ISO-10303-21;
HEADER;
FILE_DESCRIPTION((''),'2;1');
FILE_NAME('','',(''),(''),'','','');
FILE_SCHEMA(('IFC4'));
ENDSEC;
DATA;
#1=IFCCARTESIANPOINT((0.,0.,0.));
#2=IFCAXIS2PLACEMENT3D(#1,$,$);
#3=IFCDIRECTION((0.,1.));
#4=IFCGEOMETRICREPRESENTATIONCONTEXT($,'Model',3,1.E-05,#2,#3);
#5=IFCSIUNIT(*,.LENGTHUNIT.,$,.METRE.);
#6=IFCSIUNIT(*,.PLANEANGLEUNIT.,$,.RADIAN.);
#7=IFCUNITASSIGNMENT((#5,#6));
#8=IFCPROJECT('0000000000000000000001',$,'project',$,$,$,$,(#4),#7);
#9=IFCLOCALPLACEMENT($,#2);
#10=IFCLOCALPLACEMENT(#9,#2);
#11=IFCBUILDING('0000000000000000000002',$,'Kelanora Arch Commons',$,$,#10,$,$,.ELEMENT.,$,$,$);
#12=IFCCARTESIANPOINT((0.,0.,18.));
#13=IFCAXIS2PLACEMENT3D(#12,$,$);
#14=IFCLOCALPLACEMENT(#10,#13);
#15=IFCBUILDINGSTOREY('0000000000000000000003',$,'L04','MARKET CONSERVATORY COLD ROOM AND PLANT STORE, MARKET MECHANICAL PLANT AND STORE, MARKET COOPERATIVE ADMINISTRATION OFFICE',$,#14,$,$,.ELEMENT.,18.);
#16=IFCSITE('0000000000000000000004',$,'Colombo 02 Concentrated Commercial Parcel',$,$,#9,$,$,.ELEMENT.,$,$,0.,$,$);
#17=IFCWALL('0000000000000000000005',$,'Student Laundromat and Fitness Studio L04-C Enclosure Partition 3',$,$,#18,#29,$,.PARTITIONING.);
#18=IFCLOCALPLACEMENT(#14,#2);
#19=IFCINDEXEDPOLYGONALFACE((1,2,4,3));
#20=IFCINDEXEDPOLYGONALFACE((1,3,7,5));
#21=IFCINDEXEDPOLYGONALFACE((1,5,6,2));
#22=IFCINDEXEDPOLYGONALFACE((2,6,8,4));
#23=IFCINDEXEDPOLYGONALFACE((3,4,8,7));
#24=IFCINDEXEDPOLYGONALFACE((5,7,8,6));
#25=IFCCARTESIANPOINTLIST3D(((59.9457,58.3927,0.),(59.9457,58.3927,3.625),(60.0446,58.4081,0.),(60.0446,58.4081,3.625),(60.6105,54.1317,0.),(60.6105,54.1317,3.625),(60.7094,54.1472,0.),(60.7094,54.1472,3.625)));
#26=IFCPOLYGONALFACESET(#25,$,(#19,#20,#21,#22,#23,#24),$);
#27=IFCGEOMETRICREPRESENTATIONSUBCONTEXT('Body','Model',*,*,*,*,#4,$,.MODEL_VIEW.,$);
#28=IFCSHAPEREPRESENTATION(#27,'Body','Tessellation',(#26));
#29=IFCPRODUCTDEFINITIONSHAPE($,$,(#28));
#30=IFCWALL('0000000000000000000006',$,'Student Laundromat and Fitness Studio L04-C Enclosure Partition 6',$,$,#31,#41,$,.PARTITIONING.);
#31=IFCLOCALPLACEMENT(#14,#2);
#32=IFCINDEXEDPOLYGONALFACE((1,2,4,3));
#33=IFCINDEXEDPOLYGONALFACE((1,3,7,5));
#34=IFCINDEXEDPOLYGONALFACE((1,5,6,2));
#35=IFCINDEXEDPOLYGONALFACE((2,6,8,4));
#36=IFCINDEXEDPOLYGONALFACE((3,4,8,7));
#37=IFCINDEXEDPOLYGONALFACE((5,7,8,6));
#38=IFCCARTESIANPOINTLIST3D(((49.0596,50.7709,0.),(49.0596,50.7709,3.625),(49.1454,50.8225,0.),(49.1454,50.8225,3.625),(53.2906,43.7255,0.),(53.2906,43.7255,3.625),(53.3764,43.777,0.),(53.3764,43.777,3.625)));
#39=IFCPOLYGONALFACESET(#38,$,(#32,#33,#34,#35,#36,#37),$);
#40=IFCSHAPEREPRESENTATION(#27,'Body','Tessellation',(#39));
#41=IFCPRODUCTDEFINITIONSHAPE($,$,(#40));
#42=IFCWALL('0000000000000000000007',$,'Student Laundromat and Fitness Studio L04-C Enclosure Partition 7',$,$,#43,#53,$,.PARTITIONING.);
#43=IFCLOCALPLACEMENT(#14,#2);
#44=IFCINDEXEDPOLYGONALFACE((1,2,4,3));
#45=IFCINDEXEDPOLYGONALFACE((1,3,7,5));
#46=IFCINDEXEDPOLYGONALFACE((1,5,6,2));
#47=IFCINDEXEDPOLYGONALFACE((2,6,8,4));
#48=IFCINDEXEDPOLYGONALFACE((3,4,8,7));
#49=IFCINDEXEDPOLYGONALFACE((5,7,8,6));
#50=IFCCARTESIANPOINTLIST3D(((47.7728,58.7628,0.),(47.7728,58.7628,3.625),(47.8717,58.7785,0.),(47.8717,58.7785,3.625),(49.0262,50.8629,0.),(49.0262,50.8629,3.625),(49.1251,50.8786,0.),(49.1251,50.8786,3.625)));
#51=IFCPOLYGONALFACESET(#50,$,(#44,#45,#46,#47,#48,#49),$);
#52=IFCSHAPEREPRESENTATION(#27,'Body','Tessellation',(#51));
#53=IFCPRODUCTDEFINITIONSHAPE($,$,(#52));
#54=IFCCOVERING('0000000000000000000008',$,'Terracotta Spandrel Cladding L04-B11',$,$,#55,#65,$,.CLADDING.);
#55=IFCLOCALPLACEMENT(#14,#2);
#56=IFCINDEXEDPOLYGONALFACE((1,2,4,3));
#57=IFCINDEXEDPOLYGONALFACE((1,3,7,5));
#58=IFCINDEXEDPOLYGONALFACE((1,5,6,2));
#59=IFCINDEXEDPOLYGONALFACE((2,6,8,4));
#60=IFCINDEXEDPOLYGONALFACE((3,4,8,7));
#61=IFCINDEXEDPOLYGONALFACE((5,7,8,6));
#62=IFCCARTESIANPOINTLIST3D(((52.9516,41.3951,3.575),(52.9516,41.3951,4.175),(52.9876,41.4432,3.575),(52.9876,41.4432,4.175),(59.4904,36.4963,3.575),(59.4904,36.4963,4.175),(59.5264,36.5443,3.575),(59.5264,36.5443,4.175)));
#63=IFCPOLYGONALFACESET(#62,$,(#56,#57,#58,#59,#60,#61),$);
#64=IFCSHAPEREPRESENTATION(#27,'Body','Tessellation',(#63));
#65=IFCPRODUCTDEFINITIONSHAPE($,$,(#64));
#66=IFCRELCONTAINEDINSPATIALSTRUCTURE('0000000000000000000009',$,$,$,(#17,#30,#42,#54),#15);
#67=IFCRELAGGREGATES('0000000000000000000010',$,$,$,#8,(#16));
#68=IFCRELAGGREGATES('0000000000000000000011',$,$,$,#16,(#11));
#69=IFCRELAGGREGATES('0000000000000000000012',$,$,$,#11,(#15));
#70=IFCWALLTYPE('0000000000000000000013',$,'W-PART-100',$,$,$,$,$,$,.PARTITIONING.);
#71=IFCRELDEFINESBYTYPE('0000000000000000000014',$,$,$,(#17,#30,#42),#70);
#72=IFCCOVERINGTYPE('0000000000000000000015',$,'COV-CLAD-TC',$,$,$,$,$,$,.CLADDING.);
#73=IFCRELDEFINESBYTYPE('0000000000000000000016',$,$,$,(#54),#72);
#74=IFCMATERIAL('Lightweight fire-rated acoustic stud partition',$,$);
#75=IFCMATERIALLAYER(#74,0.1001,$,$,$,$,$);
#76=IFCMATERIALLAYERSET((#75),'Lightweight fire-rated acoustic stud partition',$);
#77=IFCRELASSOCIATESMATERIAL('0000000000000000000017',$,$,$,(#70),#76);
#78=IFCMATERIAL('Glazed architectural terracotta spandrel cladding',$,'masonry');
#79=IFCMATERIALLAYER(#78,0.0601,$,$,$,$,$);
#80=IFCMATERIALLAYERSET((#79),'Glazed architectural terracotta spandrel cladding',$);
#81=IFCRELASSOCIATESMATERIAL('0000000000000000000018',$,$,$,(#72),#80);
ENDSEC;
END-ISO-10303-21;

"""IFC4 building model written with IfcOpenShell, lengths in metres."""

from ifc_helpers import new_model, si_unit, direction, frame, frame_2d, origin, origin_2d, place, context, subcontext, project, spatial, rectangle, extrude, source, transform, mapped, material, layer, layer_set, type_object, element, save


model = new_model("IFC4")

# Units and contexts
model_context = context("Model", 3, precision=1e-05, world=origin(), true_north=direction((0.0, 1.0)))
body_context = subcontext(model_context, "Body", "Model", "MODEL_VIEW")
ifc_project = project(units=[si_unit("LENGTHUNIT", "METRE"), si_unit("PLANEANGLEUNIT", "RADIAN")], contexts=[model_context])

# Site, building, storey
site_placement = place(None, origin())
site = spatial("IfcSite", under=ifc_project, at=site_placement, Name="Colombo 02 Concentrated Commercial Parcel", CompositionType="ELEMENT", RefElevation=0.0)
building_placement = place(site_placement, origin())
building = spatial("IfcBuilding", under=site, at=building_placement, Name="Kelanora Arch Commons", CompositionType="ELEMENT")
storey_placement = place(building_placement, frame((0.0, 0.0, 18.0)))
storey = spatial("IfcBuildingStorey", under=building, at=storey_placement, Name="L04", Description="MARKET CONSERVATORY COLD ROOM AND PLANT STORE, MARKET MECHANICAL PLANT AND STORE, MARKET COOPERATIVE ADMINISTRATION OFFICE", CompositionType="ELEMENT", Elevation=18.0)

# Walls
ifc_material_1 = material(Name="Lightweight fire-rated acoustic stud partition")
ifc_layer_1 = layer(ifc_material_1, 0.1001)
ifc_layer_set_1 = layer_set([ifc_layer_1], Name="Lightweight fire-rated acoustic stud partition")
wall_type_1 = type_object("IfcWallType", Name="W-PART-100", PredefinedType="PARTITIONING", material=ifc_layer_set_1)
wall_1_placement = place(storey_placement, frame((59.9951, 58.4004, 0.0), z_axis=(0.0, 0.0, 1.0), x_axis=(0.154154, -0.988047, 0.0)))
element("IfcWall", 1, at=wall_1_placement, inside=storey, type_object=wall_type_1, Name="Student Laundromat and Fitness Studio L04-C Enclosure Partition 3", PredefinedType="PARTITIONING", context=body_context, shape_type="SweptSolid", body=[
    extrude(rectangle(XDim=4.3125, YDim=0.1001, at=frame_2d((2.1562, 0.0))), origin(), (0.0, 0.0, 1.0), 3.625),
])
wall_2_placement = place(storey_placement, frame((53.3335, 43.7512, 0.0), z_axis=(0.0, 0.0, 1.0), x_axis=(-0.514828, 0.857294, 0.0)))
element("IfcWall", 2, at=wall_2_placement, inside=storey, type_object=wall_type_1, Name="Student Laundromat and Fitness Studio L04-C Enclosure Partition 6", PredefinedType="PARTITIONING", context=body_context, shape_type="SweptSolid", body=[
    extrude(rectangle(XDim=8.2183, YDim=0.1001, at=frame_2d((4.1091, 0.0))), origin(), (0.0, 0.0, 1.0), 3.625),
])
wall_3_placement = place(storey_placement, frame((49.0757, 50.8706, 0.0), z_axis=(0.0, 0.0, 1.0), x_axis=(-0.156702, 0.987646, 0.0)))
element("IfcWall", 3, at=wall_3_placement, inside=storey, type_object=wall_type_1, Name="Student Laundromat and Fitness Studio L04-C Enclosure Partition 7", PredefinedType="PARTITIONING", context=body_context, shape_type="SweptSolid", body=[
    extrude(rectangle(XDim=7.9988, YDim=0.1001, at=frame_2d((3.9995, 0.0))), origin(), (0.0, 0.0, 1.0), 3.625),
])

# Covering
ifc_material_2 = material(Name="Glazed architectural terracotta spandrel cladding", Category="masonry")
ifc_layer_2 = layer(ifc_material_2, 0.0601)
ifc_layer_set_2 = layer_set([ifc_layer_2], Name="Glazed architectural terracotta spandrel cladding")
covering_type = type_object("IfcCoveringType", Name="COV-CLAD-TC", PredefinedType="CLADDING", material=ifc_layer_set_2)
shared_shape_1 = source(origin(), body_context, "Body", "SweptSolid", [
    extrude(rectangle(XDim=8.1704, YDim=0.0601, at=origin_2d()), origin(), (0.0, 0.0, 1.0), 0.6001),
])
covering_placement = place(storey_placement, frame((56.239, 38.9697, 3.575), z_axis=(0.0, 0.0, 1.0), x_axis=(0.80031, -0.599587, 0.0)))
element("IfcCovering", 4, at=covering_placement, inside=storey, type_object=covering_type, Name="Terracotta Spandrel Cladding L04-B11", PredefinedType="CLADDING", context=body_context, shape_type="MappedRepresentation", body=[
    mapped(shared_shape_1, transform((0.0, 0.0, 0.0), scale=1.0)),
])

save(model, "model.ifc")
